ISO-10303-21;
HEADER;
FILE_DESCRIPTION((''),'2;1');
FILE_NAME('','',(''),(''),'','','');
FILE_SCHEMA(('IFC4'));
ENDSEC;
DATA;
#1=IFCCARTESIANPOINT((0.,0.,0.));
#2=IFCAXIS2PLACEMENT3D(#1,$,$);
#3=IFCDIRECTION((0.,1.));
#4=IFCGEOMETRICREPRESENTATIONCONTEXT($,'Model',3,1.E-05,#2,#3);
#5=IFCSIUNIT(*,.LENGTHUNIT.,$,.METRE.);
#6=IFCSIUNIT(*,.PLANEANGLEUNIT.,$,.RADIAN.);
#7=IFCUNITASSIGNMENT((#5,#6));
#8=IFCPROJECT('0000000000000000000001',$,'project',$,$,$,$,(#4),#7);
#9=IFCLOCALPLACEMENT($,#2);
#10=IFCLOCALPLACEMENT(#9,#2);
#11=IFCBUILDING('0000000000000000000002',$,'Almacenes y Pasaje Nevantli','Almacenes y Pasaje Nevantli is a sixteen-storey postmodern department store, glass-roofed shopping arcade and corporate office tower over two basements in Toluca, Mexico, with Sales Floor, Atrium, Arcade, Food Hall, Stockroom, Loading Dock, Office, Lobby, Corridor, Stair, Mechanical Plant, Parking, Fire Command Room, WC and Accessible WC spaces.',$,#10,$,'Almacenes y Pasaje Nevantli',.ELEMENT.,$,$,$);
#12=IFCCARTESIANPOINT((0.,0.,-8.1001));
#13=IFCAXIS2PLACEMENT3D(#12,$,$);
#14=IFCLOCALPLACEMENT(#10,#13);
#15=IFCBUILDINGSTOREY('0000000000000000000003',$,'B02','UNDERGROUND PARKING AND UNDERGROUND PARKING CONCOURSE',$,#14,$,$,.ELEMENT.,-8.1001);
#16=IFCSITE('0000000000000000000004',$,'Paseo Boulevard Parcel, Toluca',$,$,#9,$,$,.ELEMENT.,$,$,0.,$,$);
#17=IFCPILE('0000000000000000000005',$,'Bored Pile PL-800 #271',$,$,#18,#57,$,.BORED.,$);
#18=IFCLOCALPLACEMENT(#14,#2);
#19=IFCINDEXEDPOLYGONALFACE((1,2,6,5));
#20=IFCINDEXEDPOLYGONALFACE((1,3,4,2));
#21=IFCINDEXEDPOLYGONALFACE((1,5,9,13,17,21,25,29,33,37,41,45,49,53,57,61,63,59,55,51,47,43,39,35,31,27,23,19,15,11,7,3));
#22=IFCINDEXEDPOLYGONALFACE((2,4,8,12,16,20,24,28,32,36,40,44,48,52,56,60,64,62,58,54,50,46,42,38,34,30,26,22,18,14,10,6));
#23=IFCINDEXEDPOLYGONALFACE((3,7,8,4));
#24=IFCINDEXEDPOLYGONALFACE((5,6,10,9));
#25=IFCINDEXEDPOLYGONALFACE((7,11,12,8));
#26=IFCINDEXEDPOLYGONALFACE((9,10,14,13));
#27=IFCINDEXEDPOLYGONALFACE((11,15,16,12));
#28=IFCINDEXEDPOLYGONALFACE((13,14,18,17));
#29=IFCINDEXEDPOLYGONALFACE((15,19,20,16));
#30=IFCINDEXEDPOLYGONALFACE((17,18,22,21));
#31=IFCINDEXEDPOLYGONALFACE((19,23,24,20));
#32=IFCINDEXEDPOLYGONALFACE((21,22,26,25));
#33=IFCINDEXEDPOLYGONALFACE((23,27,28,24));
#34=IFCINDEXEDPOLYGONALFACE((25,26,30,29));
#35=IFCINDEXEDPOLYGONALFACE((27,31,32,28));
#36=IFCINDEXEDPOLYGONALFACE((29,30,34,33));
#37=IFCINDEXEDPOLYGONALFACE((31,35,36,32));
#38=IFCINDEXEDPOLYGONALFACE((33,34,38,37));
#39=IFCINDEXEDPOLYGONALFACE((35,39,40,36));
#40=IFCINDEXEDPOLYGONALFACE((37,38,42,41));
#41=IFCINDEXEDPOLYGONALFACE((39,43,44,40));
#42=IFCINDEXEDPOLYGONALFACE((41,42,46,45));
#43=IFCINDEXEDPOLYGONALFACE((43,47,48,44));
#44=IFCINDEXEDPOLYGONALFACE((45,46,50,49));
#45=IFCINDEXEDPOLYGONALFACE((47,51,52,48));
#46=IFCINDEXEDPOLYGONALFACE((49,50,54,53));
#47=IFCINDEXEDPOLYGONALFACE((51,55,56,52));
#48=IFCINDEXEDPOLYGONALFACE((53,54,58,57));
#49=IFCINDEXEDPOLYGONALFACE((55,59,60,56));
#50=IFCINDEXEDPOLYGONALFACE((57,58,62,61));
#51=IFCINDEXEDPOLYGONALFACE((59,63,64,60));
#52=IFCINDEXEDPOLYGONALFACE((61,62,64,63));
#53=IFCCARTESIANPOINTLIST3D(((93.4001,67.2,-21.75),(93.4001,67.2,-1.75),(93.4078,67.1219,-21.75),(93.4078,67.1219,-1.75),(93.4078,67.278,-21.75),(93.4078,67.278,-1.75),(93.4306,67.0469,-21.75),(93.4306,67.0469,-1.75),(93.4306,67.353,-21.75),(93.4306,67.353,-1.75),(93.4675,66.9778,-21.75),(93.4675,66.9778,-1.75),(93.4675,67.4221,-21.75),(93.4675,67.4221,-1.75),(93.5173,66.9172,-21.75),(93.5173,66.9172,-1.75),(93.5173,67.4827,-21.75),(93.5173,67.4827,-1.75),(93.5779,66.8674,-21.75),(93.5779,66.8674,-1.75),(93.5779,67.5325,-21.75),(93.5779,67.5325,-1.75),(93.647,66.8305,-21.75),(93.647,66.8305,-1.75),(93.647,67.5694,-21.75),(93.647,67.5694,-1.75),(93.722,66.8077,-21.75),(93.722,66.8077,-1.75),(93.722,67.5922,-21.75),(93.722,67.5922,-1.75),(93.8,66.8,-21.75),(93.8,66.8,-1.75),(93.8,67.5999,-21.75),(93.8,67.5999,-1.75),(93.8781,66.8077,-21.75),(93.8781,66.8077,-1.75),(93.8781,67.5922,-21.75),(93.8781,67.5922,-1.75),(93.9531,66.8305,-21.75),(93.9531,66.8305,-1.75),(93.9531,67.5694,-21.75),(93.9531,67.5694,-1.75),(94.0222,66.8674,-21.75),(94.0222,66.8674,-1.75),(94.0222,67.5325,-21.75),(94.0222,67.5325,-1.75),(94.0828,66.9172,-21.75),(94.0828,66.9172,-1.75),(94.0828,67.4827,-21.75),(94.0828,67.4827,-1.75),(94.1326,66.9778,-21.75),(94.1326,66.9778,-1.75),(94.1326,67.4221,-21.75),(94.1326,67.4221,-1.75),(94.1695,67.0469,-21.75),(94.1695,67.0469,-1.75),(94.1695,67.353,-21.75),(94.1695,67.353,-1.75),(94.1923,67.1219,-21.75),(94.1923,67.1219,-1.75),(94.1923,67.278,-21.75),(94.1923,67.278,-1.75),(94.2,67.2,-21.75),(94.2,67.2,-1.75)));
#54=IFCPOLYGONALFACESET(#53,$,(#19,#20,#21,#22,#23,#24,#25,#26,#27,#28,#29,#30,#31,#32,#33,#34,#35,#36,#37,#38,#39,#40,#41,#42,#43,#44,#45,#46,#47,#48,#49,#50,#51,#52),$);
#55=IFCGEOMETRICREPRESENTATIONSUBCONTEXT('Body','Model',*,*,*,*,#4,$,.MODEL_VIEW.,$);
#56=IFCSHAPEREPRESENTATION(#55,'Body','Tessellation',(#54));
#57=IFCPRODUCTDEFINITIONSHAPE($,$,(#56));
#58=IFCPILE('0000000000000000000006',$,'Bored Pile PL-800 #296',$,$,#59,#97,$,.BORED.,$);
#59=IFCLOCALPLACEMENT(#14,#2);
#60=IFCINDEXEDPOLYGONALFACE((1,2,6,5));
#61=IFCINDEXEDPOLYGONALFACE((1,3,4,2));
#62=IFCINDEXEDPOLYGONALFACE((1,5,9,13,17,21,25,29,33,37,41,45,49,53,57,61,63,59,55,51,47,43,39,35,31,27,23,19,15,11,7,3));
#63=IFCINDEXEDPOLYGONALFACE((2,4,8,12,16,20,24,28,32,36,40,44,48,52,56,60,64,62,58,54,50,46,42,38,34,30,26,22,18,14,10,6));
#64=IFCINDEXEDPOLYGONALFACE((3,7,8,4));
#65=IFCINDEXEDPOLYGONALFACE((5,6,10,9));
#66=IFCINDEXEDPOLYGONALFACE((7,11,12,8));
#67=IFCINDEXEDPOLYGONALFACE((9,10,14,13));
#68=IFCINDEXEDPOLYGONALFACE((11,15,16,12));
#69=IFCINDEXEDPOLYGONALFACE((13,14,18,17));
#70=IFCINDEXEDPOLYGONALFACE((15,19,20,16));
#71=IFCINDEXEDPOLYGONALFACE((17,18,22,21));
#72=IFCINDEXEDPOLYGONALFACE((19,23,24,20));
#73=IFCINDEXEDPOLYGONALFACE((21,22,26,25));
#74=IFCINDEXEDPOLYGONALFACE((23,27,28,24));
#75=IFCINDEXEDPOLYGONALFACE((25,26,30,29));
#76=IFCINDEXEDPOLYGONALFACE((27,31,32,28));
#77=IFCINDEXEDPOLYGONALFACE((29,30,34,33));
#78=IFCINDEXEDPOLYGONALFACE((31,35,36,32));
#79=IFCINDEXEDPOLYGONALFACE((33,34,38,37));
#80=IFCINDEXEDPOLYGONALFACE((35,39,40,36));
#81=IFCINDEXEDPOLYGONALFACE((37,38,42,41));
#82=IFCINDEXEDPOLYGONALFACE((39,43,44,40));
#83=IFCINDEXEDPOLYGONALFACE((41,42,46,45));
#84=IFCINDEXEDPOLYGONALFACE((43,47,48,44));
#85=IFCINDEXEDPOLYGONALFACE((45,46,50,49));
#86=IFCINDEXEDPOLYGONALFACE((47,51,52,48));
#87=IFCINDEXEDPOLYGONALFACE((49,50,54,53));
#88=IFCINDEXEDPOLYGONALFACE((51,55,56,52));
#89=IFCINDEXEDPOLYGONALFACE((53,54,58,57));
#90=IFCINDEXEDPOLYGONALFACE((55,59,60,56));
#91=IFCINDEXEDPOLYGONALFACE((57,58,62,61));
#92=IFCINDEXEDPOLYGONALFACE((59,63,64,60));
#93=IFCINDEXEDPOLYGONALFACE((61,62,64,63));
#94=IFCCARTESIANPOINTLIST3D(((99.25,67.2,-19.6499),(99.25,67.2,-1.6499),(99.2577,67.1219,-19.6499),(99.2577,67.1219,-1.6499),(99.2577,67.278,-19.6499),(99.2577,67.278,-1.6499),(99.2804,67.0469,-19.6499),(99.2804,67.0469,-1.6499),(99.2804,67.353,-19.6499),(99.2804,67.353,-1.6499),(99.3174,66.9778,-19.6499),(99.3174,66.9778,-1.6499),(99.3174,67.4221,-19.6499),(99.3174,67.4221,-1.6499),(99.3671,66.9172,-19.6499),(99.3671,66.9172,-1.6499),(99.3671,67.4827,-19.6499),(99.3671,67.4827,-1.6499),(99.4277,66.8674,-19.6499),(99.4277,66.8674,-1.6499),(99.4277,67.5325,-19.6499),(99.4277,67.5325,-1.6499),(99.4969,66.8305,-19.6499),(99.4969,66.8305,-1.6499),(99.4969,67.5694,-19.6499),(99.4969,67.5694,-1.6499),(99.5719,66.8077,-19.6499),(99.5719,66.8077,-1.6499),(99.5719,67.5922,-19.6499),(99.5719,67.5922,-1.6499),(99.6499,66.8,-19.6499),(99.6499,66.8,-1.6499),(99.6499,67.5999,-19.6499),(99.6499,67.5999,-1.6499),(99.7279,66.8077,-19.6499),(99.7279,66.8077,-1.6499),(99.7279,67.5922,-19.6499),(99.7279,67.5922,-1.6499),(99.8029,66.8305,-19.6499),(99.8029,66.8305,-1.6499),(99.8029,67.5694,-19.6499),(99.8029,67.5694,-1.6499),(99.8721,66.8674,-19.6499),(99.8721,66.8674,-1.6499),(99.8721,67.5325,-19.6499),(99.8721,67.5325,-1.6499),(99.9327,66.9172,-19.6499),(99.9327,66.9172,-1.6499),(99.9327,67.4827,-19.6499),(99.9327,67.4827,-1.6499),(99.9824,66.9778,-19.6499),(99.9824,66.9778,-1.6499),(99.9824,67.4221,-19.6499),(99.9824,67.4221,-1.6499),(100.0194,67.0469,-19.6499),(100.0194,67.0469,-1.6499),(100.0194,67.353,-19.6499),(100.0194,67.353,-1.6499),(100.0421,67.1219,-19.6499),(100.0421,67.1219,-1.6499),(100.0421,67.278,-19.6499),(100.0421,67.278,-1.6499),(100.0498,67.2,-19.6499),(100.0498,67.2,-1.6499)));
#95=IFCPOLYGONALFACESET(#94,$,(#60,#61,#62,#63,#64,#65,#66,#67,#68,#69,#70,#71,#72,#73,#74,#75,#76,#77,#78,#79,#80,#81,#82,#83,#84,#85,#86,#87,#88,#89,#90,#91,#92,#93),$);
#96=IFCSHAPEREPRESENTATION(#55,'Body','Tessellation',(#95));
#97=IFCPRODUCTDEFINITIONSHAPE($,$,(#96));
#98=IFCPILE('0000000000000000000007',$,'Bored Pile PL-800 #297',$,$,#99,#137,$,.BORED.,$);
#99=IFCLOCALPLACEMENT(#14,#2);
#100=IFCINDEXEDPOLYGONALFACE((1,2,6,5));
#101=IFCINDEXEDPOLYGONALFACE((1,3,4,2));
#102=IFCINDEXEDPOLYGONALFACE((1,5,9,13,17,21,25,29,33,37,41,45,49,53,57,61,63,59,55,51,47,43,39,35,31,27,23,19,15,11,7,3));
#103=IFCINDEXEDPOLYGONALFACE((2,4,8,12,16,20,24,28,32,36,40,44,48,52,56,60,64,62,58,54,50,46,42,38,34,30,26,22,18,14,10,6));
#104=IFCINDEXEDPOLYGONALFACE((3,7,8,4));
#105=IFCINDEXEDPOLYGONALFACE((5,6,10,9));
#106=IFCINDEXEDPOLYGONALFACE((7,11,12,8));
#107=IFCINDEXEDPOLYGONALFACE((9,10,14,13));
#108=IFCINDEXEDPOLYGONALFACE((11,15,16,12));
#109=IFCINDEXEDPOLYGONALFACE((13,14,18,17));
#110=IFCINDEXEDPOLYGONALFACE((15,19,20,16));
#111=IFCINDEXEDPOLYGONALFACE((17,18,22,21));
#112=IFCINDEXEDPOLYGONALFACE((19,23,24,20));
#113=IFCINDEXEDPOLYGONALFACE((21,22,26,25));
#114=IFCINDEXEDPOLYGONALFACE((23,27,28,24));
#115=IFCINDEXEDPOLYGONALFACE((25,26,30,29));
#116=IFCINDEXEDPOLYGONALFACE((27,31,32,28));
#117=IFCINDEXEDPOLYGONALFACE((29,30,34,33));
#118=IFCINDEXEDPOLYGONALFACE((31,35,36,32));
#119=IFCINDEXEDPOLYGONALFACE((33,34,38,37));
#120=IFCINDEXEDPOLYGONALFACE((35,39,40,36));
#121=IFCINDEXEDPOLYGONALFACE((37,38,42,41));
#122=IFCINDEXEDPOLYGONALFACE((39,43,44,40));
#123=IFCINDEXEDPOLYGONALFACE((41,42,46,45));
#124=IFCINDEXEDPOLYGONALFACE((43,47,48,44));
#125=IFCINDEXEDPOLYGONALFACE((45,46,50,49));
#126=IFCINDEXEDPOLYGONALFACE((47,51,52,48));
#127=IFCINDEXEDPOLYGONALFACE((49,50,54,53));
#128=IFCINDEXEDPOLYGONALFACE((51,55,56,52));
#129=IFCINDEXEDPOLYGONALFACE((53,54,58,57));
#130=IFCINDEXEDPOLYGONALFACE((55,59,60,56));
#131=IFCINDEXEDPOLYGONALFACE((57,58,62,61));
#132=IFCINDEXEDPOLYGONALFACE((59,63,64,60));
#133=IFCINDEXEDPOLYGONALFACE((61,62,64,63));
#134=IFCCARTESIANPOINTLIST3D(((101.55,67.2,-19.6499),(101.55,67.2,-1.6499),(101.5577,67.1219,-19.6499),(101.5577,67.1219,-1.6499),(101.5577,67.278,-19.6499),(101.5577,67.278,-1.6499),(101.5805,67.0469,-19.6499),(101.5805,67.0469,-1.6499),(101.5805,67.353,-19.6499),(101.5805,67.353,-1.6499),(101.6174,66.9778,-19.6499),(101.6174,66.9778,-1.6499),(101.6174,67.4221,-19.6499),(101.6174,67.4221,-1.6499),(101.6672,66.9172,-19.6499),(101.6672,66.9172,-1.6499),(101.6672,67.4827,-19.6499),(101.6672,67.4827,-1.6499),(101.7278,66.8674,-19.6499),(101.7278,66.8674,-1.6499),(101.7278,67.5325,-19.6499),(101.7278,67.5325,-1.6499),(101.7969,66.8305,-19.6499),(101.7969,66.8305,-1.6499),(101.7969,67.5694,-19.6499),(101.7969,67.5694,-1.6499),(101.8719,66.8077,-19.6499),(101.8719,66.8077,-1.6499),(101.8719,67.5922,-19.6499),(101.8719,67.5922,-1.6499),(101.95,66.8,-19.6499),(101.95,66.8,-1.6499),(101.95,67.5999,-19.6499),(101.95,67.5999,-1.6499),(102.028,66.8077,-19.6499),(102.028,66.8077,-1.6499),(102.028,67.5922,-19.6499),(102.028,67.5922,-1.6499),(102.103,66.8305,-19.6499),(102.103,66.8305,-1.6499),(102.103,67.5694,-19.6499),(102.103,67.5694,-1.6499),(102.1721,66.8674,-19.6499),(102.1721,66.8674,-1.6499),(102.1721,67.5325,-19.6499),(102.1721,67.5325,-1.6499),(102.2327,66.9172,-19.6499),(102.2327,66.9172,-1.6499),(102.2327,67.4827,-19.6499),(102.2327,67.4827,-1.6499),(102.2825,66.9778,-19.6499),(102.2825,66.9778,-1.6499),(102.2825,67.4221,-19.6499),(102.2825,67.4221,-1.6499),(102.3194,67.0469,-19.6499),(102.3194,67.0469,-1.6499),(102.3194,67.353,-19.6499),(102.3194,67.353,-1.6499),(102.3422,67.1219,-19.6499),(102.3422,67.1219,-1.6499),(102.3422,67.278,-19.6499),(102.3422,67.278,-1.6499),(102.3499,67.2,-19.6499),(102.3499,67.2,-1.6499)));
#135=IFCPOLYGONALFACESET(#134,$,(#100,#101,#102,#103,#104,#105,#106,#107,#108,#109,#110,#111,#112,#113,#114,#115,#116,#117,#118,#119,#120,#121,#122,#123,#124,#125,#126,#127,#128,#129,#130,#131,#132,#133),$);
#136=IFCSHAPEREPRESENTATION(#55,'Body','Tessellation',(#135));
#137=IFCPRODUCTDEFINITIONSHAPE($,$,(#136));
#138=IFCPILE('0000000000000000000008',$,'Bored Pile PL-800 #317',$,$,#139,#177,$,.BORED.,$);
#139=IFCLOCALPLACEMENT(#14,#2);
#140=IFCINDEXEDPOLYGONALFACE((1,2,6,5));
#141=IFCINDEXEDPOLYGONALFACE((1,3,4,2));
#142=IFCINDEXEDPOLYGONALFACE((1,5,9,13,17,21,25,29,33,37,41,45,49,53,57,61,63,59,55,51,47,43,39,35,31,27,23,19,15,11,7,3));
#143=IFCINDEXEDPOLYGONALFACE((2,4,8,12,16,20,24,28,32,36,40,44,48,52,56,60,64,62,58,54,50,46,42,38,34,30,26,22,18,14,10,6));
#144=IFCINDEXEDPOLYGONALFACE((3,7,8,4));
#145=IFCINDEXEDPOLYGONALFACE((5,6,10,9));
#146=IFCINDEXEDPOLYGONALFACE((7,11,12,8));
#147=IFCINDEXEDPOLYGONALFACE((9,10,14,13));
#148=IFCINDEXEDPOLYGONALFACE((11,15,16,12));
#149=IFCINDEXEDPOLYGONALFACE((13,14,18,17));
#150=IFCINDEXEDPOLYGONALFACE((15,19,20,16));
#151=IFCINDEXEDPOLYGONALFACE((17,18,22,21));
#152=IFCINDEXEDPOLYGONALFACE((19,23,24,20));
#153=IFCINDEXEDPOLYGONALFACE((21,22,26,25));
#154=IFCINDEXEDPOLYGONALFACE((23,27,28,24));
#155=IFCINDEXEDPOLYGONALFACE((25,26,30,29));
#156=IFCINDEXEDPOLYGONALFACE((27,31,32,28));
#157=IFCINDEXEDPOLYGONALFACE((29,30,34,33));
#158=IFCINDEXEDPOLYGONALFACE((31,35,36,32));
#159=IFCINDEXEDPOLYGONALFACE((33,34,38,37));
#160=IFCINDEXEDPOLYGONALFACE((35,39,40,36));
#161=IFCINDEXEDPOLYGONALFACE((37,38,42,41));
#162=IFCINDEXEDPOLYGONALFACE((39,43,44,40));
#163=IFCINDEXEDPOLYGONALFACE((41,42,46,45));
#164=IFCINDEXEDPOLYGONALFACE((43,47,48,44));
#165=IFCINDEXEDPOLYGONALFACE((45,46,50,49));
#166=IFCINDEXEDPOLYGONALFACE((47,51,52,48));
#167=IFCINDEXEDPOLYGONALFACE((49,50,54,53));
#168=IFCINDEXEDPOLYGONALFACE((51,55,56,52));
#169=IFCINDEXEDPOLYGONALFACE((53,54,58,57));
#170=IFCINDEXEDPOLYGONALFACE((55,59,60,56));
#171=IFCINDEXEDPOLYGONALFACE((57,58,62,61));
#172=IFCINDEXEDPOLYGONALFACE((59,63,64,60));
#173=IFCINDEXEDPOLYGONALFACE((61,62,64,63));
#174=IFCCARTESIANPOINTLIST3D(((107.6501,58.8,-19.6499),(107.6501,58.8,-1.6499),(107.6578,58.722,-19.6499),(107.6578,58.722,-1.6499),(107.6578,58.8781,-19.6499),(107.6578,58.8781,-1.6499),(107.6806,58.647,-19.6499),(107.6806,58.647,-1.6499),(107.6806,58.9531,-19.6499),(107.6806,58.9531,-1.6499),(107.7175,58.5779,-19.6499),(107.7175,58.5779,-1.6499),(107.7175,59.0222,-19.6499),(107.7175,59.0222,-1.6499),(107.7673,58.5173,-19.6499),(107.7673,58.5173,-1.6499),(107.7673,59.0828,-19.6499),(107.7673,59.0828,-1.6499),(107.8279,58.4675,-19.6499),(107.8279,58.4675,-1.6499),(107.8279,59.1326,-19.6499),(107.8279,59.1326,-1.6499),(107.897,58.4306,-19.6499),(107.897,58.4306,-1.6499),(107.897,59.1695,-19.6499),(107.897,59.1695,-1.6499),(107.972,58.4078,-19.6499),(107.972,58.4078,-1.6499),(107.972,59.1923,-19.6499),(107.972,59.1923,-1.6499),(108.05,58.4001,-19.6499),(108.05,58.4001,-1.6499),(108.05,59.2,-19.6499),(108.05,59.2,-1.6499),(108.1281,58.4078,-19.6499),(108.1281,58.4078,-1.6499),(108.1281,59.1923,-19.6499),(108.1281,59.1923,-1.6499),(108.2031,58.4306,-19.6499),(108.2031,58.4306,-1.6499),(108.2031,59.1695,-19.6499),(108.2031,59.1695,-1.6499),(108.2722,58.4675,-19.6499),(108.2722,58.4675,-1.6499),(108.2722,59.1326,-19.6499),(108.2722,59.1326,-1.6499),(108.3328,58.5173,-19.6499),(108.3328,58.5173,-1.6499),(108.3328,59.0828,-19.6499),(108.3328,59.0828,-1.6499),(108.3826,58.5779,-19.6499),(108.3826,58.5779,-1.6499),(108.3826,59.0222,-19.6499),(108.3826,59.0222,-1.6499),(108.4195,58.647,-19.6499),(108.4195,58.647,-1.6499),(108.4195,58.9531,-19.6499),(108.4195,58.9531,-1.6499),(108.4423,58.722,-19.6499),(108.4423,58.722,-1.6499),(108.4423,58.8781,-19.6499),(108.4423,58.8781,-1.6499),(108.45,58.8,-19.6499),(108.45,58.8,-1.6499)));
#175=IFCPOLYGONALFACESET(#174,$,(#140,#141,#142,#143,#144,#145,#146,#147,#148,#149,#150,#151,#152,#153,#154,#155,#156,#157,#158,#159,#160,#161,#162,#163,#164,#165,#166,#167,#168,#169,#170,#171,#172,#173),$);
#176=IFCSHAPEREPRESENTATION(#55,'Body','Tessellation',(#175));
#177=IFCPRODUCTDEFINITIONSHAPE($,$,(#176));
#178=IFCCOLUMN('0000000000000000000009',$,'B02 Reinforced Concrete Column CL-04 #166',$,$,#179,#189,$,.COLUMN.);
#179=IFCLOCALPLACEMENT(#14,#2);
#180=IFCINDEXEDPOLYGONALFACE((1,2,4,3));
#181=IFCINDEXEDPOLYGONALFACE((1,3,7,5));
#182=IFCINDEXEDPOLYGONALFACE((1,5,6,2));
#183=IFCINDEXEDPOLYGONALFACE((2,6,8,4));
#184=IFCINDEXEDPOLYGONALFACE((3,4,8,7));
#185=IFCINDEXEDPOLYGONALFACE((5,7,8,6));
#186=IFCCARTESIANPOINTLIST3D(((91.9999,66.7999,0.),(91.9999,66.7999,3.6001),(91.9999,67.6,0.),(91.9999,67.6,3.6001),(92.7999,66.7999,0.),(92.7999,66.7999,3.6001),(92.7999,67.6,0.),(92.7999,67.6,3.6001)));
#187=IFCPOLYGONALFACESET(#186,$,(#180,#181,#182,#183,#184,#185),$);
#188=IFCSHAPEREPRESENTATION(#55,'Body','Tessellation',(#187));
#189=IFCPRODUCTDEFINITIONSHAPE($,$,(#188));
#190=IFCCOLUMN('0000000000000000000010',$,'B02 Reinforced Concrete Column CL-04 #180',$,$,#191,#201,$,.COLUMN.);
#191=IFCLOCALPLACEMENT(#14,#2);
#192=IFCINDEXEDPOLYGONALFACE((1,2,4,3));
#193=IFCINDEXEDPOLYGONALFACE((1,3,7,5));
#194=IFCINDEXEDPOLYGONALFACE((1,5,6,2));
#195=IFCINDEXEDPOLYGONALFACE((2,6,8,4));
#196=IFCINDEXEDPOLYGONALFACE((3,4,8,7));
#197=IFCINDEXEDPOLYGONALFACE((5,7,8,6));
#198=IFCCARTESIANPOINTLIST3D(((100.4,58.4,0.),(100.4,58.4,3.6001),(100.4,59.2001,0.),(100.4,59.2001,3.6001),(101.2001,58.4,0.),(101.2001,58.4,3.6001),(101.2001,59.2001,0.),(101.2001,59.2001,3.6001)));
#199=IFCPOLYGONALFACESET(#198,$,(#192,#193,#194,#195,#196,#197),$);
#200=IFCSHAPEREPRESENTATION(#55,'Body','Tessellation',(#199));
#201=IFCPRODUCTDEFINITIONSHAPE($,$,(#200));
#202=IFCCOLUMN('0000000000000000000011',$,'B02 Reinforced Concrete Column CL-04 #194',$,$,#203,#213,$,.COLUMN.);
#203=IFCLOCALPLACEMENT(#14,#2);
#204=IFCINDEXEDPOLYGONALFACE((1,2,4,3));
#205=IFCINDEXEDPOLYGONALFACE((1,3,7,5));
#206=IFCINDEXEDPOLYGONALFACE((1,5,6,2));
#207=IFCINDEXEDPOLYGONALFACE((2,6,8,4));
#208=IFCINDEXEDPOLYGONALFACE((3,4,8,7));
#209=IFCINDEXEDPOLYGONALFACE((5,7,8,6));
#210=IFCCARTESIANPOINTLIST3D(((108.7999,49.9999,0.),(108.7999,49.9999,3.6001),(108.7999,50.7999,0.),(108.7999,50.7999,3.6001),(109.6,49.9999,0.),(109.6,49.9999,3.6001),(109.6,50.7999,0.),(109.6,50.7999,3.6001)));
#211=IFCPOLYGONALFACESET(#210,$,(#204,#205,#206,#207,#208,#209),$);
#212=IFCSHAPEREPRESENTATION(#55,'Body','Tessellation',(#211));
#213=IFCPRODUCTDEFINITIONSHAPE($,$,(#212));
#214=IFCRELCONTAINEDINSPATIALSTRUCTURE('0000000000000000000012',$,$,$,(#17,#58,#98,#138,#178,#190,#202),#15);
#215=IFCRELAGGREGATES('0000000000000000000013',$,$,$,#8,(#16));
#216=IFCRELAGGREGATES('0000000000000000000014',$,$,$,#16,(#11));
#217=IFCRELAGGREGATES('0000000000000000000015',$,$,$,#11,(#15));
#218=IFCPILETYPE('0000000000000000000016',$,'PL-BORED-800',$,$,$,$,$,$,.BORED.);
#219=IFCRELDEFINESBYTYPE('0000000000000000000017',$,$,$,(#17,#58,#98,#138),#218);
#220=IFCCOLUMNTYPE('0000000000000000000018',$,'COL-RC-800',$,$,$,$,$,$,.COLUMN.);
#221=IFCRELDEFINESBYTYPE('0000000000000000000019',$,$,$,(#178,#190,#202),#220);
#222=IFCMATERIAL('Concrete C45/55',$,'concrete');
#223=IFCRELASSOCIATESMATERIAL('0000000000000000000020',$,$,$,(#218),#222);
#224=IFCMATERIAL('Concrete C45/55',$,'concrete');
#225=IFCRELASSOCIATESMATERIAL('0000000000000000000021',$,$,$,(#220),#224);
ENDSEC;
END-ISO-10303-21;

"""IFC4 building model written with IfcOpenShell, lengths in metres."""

from ifc_helpers import new_model, si_unit, direction, frame, origin, origin_2d, place, context, subcontext, project, spatial, rectangle, circle, extrude, material, material_profile, profile_set, type_object, element, save


model = new_model("IFC4")

# Units and contexts
model_context = context("Model", 3, precision=1e-05, world=origin(), true_north=direction((0.0, 1.0)))
body_context = subcontext(model_context, "Body", "Model", "MODEL_VIEW")
ifc_project = project(units=[si_unit("LENGTHUNIT", "METRE"), si_unit("PLANEANGLEUNIT", "RADIAN")], contexts=[model_context])

# Site, building, storey
site_placement = place(None, origin())
site = spatial("IfcSite", under=ifc_project, at=site_placement, Name="Paseo Boulevard Parcel, Toluca", CompositionType="ELEMENT", RefElevation=0.0)
building_placement = place(site_placement, origin())
building = spatial("IfcBuilding", under=site, at=building_placement, Name="Almacenes y Pasaje Nevantli", Description="Almacenes y Pasaje Nevantli is a sixteen-storey postmodern department store, glass-roofed shopping arcade and corporate office tower over two basements in Toluca, Mexico, with Sales Floor, Atrium, Arcade, Food Hall, Stockroom, Loading Dock, Office, Lobby, Corridor, Stair, Mechanical Plant, Parking, Fire Command Room, WC and Accessible WC spaces.", LongName="Almacenes y Pasaje Nevantli", CompositionType="ELEMENT")
storey_placement = place(building_placement, frame((0.0, 0.0, -8.1001)))
storey = spatial("IfcBuildingStorey", under=building, at=storey_placement, Name="B02", Description="UNDERGROUND PARKING AND UNDERGROUND PARKING CONCOURSE", CompositionType="ELEMENT", Elevation=-8.1001)

# Piles
ifc_material_1 = material(Name="Concrete C45/55", Category="concrete")
ifc_material_profile_1 = material_profile(ifc_material_1, circle(Radius=0.3999, at=origin_2d()), Name="RC-PILE-D800")
ifc_profile_set_1 = profile_set([ifc_material_profile_1], Name="Concrete C45/55")
pile_type_1 = type_object("IfcPileType", Name="PL-BORED-800", PredefinedType="BORED", material=ifc_profile_set_1)
for number, where, z_axis, x_axis, name in (
    (1, (93.8, 67.2, -1.75), (0.0, 0.0, -1.0), (1.0, 0.0, 0.0), "Bored Pile PL-800 #271"),
):
    element("IfcPile", number, at=place(storey_placement, frame(where, z_axis=z_axis, x_axis=x_axis)), inside=storey, type_object=pile_type_1, Name=name, PredefinedType="BORED", context=body_context, shape_type="SweptSolid", body=[
        extrude(circle(Radius=0.3999, at=origin_2d()), origin(), (0.0, 0.0, 1.0), 20.0),
    ])
for number, where, z_axis, x_axis, name in (
    (2, (99.6499, 67.2, -1.6499), (0.0, 0.0, -1.0), (1.0, 0.0, 0.0), "Bored Pile PL-800 #296"),
    (3, (101.95, 67.2, -1.6499), (0.0, 0.0, -1.0), (1.0, 0.0, 0.0), "Bored Pile PL-800 #297"),
    (4, (108.05, 58.8, -1.6499), (0.0, 0.0, -1.0), (1.0, 0.0, 0.0), "Bored Pile PL-800 #317"),
):
    element("IfcPile", number, at=place(storey_placement, frame(where, z_axis=z_axis, x_axis=x_axis)), inside=storey, type_object=pile_type_1, Name=name, PredefinedType="BORED", context=body_context, shape_type="SweptSolid", body=[
        extrude(circle(Radius=0.3999, at=origin_2d()), origin(), (0.0, 0.0, 1.0), 18.0),
    ])

# Columns
ifc_material_2 = material(Name="Concrete C45/55", Category="concrete")
ifc_material_profile_2 = material_profile(ifc_material_2, rectangle(XDim=0.8, YDim=0.8, at=origin_2d()), Name="RC-COL-800x800")
ifc_profile_set_2 = profile_set([ifc_material_profile_2], Name="Concrete C45/55")
column_type_1 = type_object("IfcColumnType", Name="COL-RC-800", PredefinedType="COLUMN", material=ifc_profile_set_2)
for number, where, z_axis, x_axis, name in (
    (5, (92.3999, 67.2, 0.0), (0.0, 0.0, 1.0), (1.0, 0.0, 0.0), "B02 Reinforced Concrete Column CL-04 #166"),
    (6, (100.8, 58.8, 0.0), (0.0, 0.0, 1.0), (1.0, 0.0, 0.0), "B02 Reinforced Concrete Column CL-04 #180"),
    (7, (109.2, 50.3999, 0.0), (0.0, 0.0, 1.0), (1.0, 0.0, 0.0), "B02 Reinforced Concrete Column CL-04 #194"),
):
    element("IfcColumn", number, at=place(storey_placement, frame(where, z_axis=z_axis, x_axis=x_axis)), inside=storey, type_object=column_type_1, Name=name, PredefinedType="COLUMN", context=body_context, shape_type="SweptSolid", body=[
        extrude(rectangle(XDim=0.8, YDim=0.8, at=origin_2d()), origin(), (0.0, 0.0, 1.0), 3.6001),
    ])

save(model, "model.ifc")
